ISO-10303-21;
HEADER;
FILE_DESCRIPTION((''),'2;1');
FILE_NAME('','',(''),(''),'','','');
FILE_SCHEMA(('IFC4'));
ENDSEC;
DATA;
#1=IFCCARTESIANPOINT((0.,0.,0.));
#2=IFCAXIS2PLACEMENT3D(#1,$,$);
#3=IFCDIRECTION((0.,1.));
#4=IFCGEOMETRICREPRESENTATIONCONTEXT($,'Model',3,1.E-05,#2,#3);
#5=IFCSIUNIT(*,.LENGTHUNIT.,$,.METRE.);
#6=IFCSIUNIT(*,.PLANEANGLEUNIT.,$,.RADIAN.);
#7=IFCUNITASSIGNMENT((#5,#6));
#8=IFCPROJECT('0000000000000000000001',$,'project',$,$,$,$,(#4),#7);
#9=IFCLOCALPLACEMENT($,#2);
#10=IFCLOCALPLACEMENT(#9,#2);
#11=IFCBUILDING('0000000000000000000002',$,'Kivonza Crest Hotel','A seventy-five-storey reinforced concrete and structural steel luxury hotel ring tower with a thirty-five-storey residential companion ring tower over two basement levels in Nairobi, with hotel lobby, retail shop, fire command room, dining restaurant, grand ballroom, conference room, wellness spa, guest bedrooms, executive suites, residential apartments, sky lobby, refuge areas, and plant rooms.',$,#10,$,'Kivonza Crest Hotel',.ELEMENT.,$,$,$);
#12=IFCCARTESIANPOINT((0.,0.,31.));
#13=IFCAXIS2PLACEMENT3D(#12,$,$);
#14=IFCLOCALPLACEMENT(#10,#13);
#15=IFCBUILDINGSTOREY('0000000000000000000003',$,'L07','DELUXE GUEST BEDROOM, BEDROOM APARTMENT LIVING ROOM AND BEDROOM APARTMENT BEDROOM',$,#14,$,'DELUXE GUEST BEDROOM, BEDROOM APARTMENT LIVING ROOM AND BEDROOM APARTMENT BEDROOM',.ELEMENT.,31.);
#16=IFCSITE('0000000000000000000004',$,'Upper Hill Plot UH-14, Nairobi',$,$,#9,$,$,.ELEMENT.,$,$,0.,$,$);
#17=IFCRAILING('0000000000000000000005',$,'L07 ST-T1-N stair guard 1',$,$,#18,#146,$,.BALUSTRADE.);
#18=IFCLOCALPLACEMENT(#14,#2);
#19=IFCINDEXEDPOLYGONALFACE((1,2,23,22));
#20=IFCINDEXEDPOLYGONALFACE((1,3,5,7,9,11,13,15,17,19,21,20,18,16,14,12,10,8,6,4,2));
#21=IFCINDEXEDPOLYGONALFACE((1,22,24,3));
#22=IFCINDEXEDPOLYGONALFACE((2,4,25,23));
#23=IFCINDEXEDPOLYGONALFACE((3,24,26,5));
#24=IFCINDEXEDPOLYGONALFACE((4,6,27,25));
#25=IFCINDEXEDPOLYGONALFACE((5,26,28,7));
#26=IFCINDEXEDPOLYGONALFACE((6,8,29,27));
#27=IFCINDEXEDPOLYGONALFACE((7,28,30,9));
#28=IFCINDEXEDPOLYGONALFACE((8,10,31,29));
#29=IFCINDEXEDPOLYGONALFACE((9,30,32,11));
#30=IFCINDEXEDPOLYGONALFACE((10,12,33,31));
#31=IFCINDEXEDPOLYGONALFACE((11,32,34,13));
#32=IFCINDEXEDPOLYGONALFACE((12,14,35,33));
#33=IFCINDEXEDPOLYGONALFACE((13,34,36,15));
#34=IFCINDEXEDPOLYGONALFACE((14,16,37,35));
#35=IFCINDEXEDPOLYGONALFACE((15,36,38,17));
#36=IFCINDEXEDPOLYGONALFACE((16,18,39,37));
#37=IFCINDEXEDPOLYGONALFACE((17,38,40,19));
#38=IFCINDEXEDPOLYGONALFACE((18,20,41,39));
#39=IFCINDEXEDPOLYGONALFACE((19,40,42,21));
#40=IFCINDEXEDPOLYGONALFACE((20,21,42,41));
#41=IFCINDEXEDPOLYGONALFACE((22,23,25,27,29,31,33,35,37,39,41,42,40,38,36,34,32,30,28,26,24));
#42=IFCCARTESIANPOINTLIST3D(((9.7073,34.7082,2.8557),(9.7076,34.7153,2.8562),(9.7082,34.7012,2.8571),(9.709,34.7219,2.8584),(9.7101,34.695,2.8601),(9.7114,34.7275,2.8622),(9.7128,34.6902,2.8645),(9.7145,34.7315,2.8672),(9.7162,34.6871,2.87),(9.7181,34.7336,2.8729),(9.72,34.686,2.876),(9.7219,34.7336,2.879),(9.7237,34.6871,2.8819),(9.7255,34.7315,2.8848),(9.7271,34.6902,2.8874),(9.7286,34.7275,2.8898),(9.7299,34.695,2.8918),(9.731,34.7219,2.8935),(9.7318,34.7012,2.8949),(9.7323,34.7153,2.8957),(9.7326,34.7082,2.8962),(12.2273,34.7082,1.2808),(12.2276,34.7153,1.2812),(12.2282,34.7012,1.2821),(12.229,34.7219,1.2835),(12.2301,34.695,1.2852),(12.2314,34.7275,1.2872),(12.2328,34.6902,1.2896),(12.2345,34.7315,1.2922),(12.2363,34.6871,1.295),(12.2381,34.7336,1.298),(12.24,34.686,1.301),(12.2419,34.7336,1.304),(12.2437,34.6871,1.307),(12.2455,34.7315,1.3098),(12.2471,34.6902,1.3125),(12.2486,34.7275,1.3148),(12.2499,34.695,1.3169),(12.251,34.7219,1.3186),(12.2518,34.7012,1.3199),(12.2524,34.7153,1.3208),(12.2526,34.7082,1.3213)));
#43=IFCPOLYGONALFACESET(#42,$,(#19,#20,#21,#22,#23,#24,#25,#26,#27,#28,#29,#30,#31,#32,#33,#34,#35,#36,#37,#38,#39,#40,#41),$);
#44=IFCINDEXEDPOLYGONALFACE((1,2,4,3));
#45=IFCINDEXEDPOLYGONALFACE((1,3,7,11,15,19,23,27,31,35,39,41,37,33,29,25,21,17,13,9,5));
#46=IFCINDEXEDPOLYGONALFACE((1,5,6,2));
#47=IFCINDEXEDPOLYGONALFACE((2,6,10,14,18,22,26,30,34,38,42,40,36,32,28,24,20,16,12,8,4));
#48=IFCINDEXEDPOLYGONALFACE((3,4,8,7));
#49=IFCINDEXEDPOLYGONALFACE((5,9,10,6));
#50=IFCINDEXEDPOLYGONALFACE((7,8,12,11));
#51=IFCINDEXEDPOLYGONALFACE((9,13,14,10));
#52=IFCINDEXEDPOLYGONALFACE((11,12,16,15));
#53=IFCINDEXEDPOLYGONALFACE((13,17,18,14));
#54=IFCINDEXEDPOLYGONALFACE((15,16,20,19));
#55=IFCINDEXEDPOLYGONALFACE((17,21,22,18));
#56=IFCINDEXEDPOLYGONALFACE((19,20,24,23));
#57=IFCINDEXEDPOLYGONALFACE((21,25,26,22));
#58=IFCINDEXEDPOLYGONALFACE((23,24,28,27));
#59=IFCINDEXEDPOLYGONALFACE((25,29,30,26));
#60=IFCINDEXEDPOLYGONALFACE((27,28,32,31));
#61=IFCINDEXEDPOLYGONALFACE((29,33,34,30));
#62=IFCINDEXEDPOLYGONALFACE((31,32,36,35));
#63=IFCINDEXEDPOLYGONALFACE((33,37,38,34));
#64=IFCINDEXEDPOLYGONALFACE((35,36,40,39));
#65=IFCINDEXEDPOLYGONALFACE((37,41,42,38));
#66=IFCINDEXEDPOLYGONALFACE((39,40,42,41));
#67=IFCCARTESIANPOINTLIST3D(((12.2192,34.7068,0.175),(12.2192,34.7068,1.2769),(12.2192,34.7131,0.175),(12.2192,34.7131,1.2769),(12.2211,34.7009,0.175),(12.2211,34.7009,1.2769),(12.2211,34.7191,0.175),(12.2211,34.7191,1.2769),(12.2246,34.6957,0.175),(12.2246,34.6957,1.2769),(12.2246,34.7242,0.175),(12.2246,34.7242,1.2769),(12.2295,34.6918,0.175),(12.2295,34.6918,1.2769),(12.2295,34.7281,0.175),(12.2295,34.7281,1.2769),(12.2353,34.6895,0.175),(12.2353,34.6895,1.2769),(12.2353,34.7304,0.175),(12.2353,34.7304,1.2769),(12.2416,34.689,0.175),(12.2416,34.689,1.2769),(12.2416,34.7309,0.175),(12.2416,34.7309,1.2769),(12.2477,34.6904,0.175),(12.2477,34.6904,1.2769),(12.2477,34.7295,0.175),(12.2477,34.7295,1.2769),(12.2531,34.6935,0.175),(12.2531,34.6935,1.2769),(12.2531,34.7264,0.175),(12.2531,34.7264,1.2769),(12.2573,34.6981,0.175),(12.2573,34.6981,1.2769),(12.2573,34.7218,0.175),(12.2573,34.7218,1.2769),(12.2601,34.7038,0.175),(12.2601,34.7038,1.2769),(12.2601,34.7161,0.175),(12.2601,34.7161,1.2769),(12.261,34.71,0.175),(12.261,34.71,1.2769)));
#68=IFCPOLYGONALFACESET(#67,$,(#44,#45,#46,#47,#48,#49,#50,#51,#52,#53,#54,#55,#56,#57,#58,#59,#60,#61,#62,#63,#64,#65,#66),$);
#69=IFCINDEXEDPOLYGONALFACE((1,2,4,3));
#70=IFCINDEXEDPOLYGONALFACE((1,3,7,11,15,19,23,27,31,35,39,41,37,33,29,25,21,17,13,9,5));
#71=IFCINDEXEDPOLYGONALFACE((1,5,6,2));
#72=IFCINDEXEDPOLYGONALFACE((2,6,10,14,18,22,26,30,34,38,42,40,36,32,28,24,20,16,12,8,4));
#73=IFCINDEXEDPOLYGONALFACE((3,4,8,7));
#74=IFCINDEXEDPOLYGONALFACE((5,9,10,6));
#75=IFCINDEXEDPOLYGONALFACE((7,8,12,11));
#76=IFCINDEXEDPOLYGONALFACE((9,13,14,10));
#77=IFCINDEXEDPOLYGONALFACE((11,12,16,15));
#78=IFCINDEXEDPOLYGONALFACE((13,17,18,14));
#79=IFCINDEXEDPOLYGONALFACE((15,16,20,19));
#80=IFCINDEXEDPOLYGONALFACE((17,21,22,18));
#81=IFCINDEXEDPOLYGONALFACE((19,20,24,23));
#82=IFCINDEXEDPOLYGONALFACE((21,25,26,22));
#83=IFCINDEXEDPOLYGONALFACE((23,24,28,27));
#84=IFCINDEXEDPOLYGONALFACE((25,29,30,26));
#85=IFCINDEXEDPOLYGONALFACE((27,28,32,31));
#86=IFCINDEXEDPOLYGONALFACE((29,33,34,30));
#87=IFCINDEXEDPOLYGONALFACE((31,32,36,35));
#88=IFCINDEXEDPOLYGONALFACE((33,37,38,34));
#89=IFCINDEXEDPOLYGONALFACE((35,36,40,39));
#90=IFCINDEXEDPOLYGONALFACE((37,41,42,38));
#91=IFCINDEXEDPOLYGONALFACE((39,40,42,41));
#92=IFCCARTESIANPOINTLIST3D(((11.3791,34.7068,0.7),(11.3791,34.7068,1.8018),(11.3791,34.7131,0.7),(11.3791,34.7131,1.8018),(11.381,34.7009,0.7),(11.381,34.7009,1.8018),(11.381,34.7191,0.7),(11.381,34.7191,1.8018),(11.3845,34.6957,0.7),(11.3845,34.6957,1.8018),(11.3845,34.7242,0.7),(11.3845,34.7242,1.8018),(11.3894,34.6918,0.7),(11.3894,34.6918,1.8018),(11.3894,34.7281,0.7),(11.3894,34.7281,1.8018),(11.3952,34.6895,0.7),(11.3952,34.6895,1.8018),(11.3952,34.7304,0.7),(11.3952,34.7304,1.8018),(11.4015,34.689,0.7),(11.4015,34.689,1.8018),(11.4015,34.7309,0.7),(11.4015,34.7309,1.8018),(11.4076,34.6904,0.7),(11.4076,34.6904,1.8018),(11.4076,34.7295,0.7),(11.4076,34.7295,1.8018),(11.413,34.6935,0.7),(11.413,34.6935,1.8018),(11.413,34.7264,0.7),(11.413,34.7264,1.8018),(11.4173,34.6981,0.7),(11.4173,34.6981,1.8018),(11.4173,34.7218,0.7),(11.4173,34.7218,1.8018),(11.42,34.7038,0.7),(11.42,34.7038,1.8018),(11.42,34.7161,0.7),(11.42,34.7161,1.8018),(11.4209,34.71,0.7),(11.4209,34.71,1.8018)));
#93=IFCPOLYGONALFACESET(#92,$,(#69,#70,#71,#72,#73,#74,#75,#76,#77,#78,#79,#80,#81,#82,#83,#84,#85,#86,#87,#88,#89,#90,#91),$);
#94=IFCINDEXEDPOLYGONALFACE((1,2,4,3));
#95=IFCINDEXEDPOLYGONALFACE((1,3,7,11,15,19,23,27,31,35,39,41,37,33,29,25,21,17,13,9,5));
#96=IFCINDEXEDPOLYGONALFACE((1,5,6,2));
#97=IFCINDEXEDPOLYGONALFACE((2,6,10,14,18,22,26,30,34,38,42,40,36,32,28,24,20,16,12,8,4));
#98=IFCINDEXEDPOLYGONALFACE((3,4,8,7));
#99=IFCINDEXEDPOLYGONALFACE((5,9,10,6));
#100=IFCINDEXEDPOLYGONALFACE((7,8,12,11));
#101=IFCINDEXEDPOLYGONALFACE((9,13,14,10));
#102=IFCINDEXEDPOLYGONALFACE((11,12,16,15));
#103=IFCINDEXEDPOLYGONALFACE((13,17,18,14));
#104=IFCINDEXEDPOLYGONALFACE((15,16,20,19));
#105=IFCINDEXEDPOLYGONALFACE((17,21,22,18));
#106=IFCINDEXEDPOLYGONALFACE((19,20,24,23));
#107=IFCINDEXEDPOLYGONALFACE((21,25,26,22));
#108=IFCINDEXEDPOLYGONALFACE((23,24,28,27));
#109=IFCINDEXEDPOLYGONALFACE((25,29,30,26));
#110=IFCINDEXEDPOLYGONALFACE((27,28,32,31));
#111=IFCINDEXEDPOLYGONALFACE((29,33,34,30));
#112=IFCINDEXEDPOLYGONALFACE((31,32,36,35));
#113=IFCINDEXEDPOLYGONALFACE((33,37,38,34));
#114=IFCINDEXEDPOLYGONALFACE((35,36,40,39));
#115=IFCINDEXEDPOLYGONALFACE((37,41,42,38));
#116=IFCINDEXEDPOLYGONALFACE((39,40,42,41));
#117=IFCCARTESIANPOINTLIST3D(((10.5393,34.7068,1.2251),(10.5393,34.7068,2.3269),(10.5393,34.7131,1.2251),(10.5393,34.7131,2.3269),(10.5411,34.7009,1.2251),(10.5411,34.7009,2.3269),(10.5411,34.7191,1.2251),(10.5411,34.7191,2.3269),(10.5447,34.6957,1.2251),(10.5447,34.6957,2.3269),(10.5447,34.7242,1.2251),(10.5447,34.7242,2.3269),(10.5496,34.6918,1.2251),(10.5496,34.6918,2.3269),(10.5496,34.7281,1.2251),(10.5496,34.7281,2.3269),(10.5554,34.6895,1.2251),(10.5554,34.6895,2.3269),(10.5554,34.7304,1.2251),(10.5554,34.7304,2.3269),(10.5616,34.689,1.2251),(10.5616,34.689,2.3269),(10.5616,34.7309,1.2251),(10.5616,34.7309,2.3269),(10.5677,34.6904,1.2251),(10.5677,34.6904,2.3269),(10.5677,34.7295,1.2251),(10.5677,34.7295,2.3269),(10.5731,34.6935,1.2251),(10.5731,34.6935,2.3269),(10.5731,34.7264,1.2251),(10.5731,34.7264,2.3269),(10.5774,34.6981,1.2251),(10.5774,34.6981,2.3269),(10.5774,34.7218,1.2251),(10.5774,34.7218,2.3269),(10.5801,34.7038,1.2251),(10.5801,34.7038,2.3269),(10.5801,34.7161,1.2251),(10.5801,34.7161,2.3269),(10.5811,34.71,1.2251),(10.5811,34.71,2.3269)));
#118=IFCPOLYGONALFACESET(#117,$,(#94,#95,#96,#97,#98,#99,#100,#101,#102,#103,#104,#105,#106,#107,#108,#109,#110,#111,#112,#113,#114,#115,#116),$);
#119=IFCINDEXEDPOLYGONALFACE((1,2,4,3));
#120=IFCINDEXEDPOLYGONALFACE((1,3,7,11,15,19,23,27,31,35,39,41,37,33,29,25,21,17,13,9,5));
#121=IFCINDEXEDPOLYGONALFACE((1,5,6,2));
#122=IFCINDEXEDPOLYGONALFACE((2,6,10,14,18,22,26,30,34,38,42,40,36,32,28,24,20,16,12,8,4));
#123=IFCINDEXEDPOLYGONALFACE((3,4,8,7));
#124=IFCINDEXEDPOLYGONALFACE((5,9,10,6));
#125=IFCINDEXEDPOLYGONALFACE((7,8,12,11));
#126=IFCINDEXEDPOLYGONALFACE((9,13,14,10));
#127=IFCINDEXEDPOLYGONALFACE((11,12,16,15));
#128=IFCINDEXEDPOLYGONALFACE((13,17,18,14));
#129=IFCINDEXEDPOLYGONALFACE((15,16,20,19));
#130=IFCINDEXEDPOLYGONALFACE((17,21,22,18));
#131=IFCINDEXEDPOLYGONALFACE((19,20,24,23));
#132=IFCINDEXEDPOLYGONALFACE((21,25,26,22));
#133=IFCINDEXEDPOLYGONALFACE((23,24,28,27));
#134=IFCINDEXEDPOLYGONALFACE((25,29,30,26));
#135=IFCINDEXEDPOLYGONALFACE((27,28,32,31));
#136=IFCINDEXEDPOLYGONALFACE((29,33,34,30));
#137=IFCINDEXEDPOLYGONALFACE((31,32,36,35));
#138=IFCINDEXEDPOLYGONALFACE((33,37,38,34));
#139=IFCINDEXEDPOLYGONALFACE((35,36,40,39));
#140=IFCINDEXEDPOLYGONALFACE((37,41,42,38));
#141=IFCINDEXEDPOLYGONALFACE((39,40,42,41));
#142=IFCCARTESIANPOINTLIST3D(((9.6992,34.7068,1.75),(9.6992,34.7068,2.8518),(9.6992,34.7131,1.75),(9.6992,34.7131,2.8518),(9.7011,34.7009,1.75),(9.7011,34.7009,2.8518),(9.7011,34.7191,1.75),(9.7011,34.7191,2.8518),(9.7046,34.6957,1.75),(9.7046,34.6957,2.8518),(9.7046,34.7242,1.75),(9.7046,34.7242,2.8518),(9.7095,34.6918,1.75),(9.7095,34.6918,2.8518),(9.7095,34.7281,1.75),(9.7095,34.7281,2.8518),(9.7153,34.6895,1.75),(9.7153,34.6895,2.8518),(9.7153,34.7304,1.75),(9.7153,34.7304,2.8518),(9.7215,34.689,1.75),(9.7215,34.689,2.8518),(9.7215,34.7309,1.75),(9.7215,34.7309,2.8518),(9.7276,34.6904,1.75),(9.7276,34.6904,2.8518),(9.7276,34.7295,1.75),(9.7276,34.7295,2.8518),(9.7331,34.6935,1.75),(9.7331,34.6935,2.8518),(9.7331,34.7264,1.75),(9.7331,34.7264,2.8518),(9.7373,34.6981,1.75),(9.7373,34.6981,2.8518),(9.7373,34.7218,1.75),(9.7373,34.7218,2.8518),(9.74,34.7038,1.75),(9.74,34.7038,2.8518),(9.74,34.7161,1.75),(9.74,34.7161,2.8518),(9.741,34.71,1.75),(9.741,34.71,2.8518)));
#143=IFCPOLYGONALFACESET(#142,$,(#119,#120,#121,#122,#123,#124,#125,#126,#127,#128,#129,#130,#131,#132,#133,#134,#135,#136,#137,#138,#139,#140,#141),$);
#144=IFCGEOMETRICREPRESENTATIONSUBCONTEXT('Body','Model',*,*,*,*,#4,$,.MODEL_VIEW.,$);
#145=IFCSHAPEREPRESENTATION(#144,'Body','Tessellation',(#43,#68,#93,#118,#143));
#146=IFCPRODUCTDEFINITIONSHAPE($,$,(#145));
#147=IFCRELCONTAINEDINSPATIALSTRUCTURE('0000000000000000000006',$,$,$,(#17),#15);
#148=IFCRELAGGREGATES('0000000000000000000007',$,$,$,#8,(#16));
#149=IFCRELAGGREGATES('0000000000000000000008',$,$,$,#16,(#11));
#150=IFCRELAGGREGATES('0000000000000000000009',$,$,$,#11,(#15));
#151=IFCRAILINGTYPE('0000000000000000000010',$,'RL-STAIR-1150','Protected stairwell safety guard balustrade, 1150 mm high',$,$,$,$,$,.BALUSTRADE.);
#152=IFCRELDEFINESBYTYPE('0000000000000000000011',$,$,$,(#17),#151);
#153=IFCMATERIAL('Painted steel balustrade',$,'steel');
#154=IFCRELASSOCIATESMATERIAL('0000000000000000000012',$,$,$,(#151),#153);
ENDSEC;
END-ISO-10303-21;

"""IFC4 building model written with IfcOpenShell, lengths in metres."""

from ifc_helpers import new_model, si_unit, direction, frame, origin, origin_2d, place, context, subcontext, project, spatial, circle, extrude, material, type_object, element, save


model = new_model("IFC4")

# Units and contexts
model_context = context("Model", 3, precision=1e-05, world=origin(), true_north=direction((0.0, 1.0)))
body_context = subcontext(model_context, "Body", "Model", "MODEL_VIEW")
ifc_project = project(units=[si_unit("LENGTHUNIT", "METRE"), si_unit("PLANEANGLEUNIT", "RADIAN")], contexts=[model_context])

# Site, building, storey
site_placement = place(None, origin())
site = spatial("IfcSite", under=ifc_project, at=site_placement, Name="Upper Hill Plot UH-14, Nairobi", CompositionType="ELEMENT", RefElevation=0.0)
building_placement = place(site_placement, origin())
building = spatial("IfcBuilding", under=site, at=building_placement, Name="Kivonza Crest Hotel", Description="A seventy-five-storey reinforced concrete and structural steel luxury hotel ring tower with a thirty-five-storey residential companion ring tower over two basement levels in Nairobi, with hotel lobby, retail shop, fire command room, dining restaurant, grand ballroom, conference room, wellness spa, guest bedrooms, executive suites, residential apartments, sky lobby, refuge areas, and plant rooms.", LongName="Kivonza Crest Hotel", CompositionType="ELEMENT")
storey_placement = place(building_placement, frame((0.0, 0.0, 31.0)))
storey = spatial("IfcBuildingStorey", under=building, at=storey_placement, Name="L07", Description="DELUXE GUEST BEDROOM, BEDROOM APARTMENT LIVING ROOM AND BEDROOM APARTMENT BEDROOM", LongName="DELUXE GUEST BEDROOM, BEDROOM APARTMENT LIVING ROOM AND BEDROOM APARTMENT BEDROOM", CompositionType="ELEMENT", Elevation=31.0)

# Railing
ifc_material_1 = material(Name="Painted steel balustrade", Category="steel")
railing_type_1 = type_object("IfcRailingType", Name="RL-STAIR-1150", Description="Protected stairwell safety guard balustrade, 1150 mm high", PredefinedType="BALUSTRADE", material=ifc_material_1)
railing_1_placement = place(storey_placement, frame((12.24, 34.71, 0.175)))
element("IfcRailing", 1, at=railing_1_placement, inside=storey, type_object=railing_type_1, Name="L07 ST-T1-N stair guard 1", PredefinedType="BALUSTRADE", context=body_context, shape_type="SweptSolid", body=[
    extrude(circle(Radius=0.0239, at=origin_2d()), frame((0.0, 0.0, 1.126), z_axis=(-0.848008, 0.0, 0.529984), x_axis=(0.0, -1.0, 0.0)), (0.0, 0.0, 1.0), 2.9717),
    extrude(circle(Radius=0.021, at=origin_2d()), origin(), (0.0, 0.0, 1.0), 1.1018),
    extrude(circle(Radius=0.021, at=origin_2d()), frame((-0.8401, 0.0, 0.5249)), (0.0, 0.0, 1.0), 1.1018),
    extrude(circle(Radius=0.021, at=origin_2d()), frame((-1.6799, 0.0, 1.05)), (0.0, 0.0, 1.0), 1.1018),
    extrude(circle(Radius=0.021, at=origin_2d()), frame((-2.52, 0.0, 1.575)), (0.0, 0.0, 1.0), 1.1018),
])

save(model, "model.ifc")
